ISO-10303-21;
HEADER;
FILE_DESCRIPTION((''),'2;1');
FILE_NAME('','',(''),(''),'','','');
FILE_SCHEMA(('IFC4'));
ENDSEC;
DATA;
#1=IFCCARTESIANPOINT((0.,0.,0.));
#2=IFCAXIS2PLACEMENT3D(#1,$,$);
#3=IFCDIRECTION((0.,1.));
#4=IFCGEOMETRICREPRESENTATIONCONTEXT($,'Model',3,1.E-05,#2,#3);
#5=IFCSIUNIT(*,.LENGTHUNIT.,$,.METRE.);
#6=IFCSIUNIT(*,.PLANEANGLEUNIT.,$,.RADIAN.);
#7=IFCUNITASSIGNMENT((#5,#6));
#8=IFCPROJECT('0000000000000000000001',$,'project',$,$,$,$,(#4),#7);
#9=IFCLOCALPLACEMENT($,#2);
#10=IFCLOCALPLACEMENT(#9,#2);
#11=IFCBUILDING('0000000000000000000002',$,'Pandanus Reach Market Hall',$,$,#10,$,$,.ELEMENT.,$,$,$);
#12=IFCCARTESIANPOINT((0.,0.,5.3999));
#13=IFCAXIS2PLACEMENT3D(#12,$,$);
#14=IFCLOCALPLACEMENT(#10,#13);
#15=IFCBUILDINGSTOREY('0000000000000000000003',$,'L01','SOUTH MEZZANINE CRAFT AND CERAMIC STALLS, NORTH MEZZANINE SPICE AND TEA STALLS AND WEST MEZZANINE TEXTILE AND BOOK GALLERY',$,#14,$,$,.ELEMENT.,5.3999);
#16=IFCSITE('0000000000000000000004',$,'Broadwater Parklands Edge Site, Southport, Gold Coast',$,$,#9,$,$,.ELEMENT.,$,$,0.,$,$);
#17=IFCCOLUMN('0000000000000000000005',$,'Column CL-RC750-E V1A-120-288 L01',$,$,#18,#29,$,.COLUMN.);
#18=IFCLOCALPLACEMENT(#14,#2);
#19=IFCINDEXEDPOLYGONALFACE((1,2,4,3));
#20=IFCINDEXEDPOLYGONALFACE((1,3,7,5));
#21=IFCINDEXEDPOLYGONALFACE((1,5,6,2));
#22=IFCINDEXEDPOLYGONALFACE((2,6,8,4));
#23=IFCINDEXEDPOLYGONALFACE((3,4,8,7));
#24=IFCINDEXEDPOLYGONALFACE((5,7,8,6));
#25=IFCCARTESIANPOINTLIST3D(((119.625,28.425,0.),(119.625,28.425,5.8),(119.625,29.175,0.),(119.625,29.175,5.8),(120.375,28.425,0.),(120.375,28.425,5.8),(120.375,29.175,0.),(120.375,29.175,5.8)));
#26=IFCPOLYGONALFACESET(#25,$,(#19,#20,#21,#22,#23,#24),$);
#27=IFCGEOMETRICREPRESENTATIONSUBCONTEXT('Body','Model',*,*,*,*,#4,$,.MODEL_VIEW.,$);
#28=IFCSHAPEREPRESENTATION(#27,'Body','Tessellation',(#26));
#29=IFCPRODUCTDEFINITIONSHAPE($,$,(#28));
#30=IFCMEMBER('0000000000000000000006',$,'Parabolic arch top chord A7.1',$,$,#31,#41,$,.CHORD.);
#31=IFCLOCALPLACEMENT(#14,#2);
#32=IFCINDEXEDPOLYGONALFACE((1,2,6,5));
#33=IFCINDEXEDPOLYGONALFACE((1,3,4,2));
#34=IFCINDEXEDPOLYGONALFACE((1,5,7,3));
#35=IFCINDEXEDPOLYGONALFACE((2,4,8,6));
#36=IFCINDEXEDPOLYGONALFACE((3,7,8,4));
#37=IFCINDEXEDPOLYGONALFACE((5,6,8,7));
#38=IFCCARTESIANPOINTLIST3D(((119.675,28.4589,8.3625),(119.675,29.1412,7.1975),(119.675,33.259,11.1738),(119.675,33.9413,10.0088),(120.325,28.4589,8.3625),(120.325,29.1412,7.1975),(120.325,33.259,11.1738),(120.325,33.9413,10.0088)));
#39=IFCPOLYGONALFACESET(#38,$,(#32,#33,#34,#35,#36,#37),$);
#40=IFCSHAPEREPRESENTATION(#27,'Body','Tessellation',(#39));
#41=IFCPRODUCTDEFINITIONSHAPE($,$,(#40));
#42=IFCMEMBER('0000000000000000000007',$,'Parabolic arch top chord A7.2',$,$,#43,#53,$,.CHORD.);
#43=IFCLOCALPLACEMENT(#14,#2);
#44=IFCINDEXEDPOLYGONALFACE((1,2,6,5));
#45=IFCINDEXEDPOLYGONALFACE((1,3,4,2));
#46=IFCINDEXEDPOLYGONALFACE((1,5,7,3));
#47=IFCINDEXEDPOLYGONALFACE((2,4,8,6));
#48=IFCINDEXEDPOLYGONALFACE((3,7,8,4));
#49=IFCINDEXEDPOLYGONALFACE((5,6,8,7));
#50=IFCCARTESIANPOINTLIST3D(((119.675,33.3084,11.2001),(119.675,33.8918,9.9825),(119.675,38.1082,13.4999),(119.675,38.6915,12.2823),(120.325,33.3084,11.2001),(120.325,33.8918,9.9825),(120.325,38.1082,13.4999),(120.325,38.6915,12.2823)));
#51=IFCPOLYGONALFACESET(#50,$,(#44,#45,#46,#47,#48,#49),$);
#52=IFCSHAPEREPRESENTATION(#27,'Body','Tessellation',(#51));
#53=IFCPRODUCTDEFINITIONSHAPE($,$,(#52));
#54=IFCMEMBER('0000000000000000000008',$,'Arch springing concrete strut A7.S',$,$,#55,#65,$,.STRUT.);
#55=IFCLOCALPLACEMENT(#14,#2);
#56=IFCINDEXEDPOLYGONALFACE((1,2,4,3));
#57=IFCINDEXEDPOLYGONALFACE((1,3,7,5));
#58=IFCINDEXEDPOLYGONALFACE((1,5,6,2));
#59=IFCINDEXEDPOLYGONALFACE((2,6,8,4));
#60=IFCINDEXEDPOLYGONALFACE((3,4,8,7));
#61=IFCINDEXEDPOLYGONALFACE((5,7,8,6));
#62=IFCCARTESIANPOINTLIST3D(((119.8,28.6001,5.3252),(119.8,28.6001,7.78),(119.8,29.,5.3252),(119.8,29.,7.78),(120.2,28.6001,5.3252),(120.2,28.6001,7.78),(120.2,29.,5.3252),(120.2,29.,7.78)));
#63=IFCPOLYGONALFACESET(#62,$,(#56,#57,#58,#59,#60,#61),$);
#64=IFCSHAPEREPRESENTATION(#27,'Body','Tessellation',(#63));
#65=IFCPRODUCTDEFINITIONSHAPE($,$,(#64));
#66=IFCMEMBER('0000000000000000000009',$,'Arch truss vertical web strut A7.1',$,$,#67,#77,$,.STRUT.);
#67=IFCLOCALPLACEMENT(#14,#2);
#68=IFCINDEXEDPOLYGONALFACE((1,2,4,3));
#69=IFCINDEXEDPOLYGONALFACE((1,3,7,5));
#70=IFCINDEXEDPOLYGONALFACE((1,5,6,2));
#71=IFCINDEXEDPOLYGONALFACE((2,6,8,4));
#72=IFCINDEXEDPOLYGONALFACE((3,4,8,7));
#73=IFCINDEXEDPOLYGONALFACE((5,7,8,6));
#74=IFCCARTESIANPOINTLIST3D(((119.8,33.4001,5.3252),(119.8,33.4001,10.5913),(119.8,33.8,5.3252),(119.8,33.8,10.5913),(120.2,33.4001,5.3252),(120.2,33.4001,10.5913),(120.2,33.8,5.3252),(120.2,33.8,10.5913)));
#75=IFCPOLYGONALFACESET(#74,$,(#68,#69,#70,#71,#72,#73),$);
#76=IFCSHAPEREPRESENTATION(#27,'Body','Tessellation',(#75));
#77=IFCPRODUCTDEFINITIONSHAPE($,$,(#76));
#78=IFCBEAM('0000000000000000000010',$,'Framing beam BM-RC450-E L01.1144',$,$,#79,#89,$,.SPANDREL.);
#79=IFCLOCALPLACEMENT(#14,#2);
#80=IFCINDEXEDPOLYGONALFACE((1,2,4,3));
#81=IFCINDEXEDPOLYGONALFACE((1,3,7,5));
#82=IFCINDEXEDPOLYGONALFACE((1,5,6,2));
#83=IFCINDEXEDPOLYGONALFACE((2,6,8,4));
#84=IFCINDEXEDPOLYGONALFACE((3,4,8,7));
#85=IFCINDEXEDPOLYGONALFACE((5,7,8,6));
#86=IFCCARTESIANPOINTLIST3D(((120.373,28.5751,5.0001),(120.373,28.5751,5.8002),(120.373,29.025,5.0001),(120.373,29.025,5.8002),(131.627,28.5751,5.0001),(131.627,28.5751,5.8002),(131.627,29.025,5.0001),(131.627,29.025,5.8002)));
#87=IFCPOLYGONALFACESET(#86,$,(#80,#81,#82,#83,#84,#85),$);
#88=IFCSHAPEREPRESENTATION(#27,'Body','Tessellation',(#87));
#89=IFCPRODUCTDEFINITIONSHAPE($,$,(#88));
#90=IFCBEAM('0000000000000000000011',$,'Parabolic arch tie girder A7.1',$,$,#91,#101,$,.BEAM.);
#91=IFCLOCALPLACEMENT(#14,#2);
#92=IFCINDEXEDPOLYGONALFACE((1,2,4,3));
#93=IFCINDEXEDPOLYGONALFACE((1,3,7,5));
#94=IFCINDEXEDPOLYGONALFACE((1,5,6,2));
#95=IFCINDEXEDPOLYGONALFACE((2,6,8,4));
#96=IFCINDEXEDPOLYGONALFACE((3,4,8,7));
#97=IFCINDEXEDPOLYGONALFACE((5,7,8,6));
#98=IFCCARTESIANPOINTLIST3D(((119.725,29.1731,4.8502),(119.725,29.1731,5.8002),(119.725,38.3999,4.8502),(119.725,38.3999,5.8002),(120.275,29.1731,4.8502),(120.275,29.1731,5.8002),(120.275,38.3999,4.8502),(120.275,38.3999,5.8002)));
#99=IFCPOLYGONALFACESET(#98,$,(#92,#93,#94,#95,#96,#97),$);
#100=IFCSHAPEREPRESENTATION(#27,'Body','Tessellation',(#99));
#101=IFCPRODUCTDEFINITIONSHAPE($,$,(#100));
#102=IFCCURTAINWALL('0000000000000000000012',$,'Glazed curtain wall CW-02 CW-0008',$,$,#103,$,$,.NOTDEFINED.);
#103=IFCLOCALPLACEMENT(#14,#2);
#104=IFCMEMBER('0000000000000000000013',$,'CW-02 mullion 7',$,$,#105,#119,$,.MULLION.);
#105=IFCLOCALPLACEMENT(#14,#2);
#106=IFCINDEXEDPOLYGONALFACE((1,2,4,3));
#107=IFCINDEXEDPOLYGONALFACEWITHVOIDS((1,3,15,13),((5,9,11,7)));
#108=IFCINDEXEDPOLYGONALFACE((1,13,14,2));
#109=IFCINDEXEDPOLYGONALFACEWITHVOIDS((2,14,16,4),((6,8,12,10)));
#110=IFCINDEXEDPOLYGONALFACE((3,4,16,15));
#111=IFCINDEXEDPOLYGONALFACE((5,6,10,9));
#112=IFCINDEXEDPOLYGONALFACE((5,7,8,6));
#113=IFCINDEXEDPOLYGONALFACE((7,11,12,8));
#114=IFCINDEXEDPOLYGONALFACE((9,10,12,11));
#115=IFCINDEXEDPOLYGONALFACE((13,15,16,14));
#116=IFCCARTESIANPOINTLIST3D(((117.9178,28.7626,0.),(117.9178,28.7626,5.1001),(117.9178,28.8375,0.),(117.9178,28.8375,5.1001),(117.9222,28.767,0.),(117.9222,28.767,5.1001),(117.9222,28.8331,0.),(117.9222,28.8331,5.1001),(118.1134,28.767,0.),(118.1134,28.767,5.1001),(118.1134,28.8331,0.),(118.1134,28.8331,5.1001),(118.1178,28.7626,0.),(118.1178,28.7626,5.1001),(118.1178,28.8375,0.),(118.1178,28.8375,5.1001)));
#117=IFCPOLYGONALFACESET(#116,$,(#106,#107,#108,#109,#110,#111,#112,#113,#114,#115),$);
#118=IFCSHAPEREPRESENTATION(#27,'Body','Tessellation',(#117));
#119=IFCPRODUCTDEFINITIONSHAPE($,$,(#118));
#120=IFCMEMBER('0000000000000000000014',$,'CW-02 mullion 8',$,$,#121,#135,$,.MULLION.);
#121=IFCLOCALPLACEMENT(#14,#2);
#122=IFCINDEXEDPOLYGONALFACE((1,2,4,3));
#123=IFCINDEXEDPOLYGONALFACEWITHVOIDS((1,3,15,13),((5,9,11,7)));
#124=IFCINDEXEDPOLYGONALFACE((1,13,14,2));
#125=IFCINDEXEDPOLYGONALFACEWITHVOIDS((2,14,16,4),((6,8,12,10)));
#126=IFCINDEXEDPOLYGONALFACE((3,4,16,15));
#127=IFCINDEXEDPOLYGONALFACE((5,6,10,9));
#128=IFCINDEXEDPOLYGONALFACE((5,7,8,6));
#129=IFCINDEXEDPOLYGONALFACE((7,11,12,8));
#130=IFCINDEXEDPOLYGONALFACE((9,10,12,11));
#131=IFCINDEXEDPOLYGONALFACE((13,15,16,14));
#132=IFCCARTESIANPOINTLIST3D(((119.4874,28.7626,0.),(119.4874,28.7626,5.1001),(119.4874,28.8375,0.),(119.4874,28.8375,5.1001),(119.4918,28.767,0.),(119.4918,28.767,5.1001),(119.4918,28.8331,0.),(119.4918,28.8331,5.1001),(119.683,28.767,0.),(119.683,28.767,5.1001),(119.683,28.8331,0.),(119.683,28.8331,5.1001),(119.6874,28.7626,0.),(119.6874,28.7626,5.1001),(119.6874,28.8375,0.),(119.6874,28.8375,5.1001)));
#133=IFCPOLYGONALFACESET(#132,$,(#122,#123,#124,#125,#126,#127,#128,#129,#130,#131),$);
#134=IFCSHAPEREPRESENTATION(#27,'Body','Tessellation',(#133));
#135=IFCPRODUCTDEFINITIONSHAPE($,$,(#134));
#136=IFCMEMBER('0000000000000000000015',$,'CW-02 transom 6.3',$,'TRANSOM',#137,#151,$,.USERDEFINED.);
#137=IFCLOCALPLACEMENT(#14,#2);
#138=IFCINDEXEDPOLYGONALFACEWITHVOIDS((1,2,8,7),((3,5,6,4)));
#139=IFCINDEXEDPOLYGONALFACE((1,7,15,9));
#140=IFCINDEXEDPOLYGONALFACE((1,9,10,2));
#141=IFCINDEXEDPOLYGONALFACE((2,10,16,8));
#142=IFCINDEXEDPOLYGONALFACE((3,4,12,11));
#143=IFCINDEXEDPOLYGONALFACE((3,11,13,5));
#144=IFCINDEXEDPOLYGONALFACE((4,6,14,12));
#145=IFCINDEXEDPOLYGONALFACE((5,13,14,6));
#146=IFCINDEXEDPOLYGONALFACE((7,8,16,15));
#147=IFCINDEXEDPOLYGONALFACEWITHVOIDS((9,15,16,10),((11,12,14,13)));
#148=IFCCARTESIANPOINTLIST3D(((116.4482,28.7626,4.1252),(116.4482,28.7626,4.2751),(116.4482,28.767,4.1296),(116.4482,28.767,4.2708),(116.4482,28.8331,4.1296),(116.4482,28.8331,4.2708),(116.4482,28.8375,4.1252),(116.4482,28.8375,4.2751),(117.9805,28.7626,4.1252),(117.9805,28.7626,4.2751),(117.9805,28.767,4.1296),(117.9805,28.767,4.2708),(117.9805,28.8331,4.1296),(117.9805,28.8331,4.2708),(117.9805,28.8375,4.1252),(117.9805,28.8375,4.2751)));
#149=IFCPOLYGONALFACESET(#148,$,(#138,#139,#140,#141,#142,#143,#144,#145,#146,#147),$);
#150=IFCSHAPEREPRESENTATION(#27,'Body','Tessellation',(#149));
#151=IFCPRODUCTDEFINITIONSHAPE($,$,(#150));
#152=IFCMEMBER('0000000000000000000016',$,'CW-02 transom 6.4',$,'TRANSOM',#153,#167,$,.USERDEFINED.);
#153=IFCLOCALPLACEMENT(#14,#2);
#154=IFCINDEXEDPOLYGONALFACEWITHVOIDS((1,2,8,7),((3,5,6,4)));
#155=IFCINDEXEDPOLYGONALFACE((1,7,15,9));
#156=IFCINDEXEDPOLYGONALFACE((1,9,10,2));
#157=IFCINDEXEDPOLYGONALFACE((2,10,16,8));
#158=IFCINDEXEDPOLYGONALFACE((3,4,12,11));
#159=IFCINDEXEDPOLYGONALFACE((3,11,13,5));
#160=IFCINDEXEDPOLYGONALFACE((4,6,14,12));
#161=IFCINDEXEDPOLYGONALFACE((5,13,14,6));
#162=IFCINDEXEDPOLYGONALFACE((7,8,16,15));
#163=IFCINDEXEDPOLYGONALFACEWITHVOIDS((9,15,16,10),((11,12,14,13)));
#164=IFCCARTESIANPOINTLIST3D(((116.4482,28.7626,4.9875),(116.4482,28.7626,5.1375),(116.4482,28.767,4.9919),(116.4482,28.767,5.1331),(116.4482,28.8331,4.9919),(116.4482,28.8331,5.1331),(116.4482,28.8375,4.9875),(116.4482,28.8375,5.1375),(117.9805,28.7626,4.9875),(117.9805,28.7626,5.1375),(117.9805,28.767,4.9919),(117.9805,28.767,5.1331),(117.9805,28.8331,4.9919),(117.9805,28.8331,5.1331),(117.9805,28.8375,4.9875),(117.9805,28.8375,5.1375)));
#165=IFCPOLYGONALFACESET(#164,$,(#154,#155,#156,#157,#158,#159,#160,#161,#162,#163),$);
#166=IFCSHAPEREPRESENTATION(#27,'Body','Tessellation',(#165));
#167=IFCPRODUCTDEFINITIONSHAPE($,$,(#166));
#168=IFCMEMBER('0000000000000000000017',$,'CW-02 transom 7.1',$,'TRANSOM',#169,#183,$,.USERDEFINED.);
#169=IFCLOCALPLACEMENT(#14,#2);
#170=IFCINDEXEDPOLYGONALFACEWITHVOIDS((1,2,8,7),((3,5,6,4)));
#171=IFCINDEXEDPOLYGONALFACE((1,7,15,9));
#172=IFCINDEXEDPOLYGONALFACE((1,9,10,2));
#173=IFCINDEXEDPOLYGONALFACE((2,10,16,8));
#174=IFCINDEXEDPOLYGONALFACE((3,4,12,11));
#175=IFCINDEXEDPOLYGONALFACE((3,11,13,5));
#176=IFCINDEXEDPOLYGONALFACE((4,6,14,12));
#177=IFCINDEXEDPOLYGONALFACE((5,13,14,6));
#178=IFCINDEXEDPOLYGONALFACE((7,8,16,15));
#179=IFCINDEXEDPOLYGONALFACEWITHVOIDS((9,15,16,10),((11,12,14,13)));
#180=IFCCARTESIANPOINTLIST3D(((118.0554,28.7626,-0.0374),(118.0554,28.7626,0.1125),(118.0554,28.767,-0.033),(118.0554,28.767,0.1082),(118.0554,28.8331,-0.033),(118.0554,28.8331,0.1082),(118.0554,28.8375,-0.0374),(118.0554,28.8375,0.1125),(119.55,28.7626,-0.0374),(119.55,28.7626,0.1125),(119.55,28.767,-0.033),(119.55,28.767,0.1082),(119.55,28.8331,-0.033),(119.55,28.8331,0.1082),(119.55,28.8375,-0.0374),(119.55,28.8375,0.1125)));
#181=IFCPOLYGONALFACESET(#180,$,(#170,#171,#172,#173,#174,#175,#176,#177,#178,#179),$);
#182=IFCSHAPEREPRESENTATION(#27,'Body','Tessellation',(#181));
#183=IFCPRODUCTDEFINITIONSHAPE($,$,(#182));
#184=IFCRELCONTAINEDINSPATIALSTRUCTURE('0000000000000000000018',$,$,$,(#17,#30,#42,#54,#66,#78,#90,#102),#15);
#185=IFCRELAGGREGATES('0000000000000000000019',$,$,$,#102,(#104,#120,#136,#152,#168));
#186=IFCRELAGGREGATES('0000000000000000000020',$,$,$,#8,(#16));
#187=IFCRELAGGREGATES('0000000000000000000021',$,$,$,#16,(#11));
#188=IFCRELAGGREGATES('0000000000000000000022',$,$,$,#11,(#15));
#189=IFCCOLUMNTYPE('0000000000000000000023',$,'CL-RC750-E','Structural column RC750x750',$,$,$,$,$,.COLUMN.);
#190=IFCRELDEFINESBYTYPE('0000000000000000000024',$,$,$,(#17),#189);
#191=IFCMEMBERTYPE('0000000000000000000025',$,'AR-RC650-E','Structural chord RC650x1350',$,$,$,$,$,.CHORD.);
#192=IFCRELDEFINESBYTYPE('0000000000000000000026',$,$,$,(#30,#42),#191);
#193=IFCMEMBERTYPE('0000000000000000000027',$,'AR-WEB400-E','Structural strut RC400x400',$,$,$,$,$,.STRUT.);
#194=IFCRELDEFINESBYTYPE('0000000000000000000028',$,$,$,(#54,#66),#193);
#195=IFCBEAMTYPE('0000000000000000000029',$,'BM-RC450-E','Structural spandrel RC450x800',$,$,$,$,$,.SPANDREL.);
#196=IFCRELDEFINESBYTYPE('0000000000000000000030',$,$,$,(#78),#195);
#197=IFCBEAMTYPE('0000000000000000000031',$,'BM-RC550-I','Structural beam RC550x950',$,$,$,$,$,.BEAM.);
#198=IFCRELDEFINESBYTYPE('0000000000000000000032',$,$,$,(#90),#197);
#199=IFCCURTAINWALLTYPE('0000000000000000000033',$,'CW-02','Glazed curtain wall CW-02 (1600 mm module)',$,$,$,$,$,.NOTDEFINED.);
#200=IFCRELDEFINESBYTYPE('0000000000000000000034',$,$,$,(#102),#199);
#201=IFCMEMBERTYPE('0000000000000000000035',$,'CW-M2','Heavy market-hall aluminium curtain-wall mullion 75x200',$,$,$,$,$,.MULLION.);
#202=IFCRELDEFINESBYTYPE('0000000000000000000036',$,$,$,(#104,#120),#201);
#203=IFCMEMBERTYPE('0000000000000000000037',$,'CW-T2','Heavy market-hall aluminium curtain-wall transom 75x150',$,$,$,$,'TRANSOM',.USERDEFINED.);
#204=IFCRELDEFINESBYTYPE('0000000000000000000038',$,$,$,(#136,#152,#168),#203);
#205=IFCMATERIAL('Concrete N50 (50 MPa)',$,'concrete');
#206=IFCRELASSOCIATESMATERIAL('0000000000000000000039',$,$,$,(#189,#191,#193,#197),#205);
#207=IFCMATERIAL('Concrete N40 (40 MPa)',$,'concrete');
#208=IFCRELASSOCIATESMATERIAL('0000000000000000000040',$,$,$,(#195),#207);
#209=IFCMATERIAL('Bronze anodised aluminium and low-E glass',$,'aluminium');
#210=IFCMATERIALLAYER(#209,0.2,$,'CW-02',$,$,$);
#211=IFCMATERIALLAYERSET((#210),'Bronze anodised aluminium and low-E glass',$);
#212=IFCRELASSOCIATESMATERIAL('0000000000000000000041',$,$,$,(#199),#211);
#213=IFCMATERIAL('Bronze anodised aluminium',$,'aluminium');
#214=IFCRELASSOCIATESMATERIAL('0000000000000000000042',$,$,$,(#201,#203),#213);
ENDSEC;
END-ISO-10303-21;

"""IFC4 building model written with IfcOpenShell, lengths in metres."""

from ifc_helpers import new_model, si_unit, direction, frame, origin, origin_2d, place, context, subcontext, project, spatial, rectangle, hollow_rectangle, extrude, material, layer, layer_set, material_profile, profile_set, type_object, element, aggregate, save


model = new_model("IFC4")

# Units and contexts
model_context = context("Model", 3, precision=1e-05, world=origin(), true_north=direction((0.0, 1.0)))
body_context = subcontext(model_context, "Body", "Model", "MODEL_VIEW")
ifc_project = project(units=[si_unit("LENGTHUNIT", "METRE"), si_unit("PLANEANGLEUNIT", "RADIAN")], contexts=[model_context])

# Site, building, storey
site_placement = place(None, origin())
site = spatial("IfcSite", under=ifc_project, at=site_placement, Name="Broadwater Parklands Edge Site, Southport, Gold Coast", CompositionType="ELEMENT", RefElevation=0.0)
building_placement = place(site_placement, origin())
building = spatial("IfcBuilding", under=site, at=building_placement, Name="Pandanus Reach Market Hall", CompositionType="ELEMENT")
storey_placement = place(building_placement, frame((0.0, 0.0, 5.3999)))
storey = spatial("IfcBuildingStorey", under=building, at=storey_placement, Name="L01", Description="SOUTH MEZZANINE CRAFT AND CERAMIC STALLS, NORTH MEZZANINE SPICE AND TEA STALLS AND WEST MEZZANINE TEXTILE AND BOOK GALLERY", CompositionType="ELEMENT", Elevation=5.3999)

# Column
ifc_material_1 = material(Name="Concrete N50 (50 MPa)", Category="concrete")
ifc_material_profile_1 = material_profile(ifc_material_1, rectangle(XDim=0.75, YDim=0.75, at=origin_2d()), Name="RC750x750", Category="LoadBearing")
ifc_profile_set_1 = profile_set([ifc_material_profile_1], Name="Concrete N50 (50 MPa)")
column_type = type_object("IfcColumnType", Name="CL-RC750-E", Description="Structural column RC750x750", PredefinedType="COLUMN", material=ifc_profile_set_1)
column_placement = place(storey_placement, frame((120.0, 28.8, 0.0), z_axis=(0.0, 0.0, 1.0), x_axis=(1.0, 0.0, 0.0)))
element("IfcColumn", 1, at=column_placement, inside=storey, type_object=column_type, Name="Column CL-RC750-E V1A-120-288 L01", PredefinedType="COLUMN", context=body_context, shape_type="SweptSolid", body=[
    extrude(rectangle(XDim=0.75, YDim=0.75, at=origin_2d()), origin(), (0.0, 0.0, 1.0), 5.8),
])

# Members
ifc_material_profile_2 = material_profile(ifc_material_1, rectangle(XDim=0.6499, YDim=1.3501, at=origin_2d()), Name="RC650x1350", Category="LoadBearing")
ifc_profile_set_2 = profile_set([ifc_material_profile_2], Name="Concrete N50 (50 MPa)")
member_type_1 = type_object("IfcMemberType", Name="AR-RC650-E", Description="Structural chord RC650x1350", PredefinedType="CHORD", material=ifc_profile_set_2)
member_1_placement = place(storey_placement, frame((120.0, 28.8, 7.78), z_axis=(0.0, 0.862897, 0.505379), x_axis=(-1.0, 0.0, 0.0)))
element("IfcMember", 2, at=member_1_placement, inside=storey, type_object=member_type_1, Name="Parabolic arch top chord A7.1", PredefinedType="CHORD", context=body_context, shape_type="SweptSolid", body=[
    extrude(rectangle(XDim=0.6499, YDim=1.3501, at=origin_2d()), origin(), (0.0, 0.0, 1.0), 5.5627),
])
member_2_placement = place(storey_placement, frame((120.0, 33.6001, 10.5913), z_axis=(0.0, 0.901823, 0.432105), x_axis=(-1.0, 0.0, 0.0)))
element("IfcMember", 3, at=member_2_placement, inside=storey, type_object=member_type_1, Name="Parabolic arch top chord A7.2", PredefinedType="CHORD", context=body_context, shape_type="SweptSolid", body=[
    extrude(rectangle(XDim=0.6499, YDim=1.3501, at=origin_2d()), origin(), (0.0, 0.0, 1.0), 5.3223),
])
ifc_material_profile_3 = material_profile(ifc_material_1, rectangle(XDim=0.3999, YDim=0.3999, at=origin_2d()), Name="RC400x400", Category="LoadBearing")
ifc_profile_set_3 = profile_set([ifc_material_profile_3], Name="Concrete N50 (50 MPa)")
member_type_2 = type_object("IfcMemberType", Name="AR-WEB400-E", Description="Structural strut RC400x400", PredefinedType="STRUT", material=ifc_profile_set_3)
member_3_placement = place(storey_placement, frame((120.0, 28.8, 5.3252), z_axis=(0.0, 0.0, 1.0), x_axis=(1.0, 0.0, 0.0)))
element("IfcMember", 4, at=member_3_placement, inside=storey, type_object=member_type_2, Name="Arch springing concrete strut A7.S", PredefinedType="STRUT", context=body_context, shape_type="SweptSolid", body=[
    extrude(rectangle(XDim=0.3999, YDim=0.3999, at=origin_2d()), origin(), (0.0, 0.0, 1.0), 2.4548),
])
member_4_placement = place(storey_placement, frame((120.0, 33.6001, 5.3252), z_axis=(0.0, 0.0, 1.0), x_axis=(1.0, 0.0, 0.0)))
element("IfcMember", 5, at=member_4_placement, inside=storey, type_object=member_type_2, Name="Arch truss vertical web strut A7.1", PredefinedType="STRUT", context=body_context, shape_type="SweptSolid", body=[
    extrude(rectangle(XDim=0.3999, YDim=0.3999, at=origin_2d()), origin(), (0.0, 0.0, 1.0), 5.2661),
])

# Beams
ifc_material_2 = material(Name="Concrete N40 (40 MPa)", Category="concrete")
ifc_material_profile_4 = material_profile(ifc_material_2, rectangle(XDim=0.45, YDim=0.8, at=origin_2d()), Name="RC450x800", Category="LoadBearing")
ifc_profile_set_4 = profile_set([ifc_material_profile_4], Name="Concrete N40 (40 MPa)")
beam_type_1 = type_object("IfcBeamType", Name="BM-RC450-E", Description="Structural spandrel RC450x800", PredefinedType="SPANDREL", material=ifc_profile_set_4)
beam_1_placement = place(storey_placement, frame((120.373, 28.8, 5.4001), z_axis=(1.0, 0.0, 0.0), x_axis=(0.0, 1.0, 0.0)))
element("IfcBeam", 6, at=beam_1_placement, inside=storey, type_object=beam_type_1, Name="Framing beam BM-RC450-E L01.1144", PredefinedType="SPANDREL", context=body_context, shape_type="SweptSolid", body=[
    extrude(rectangle(XDim=0.45, YDim=0.8, at=origin_2d()), origin(), (0.0, 0.0, 1.0), 11.2539),
])
ifc_material_profile_5 = material_profile(ifc_material_1, rectangle(XDim=0.55, YDim=0.95, at=origin_2d()), Name="RC550x950", Category="LoadBearing")
ifc_profile_set_5 = profile_set([ifc_material_profile_5], Name="Concrete N50 (50 MPa)")
beam_type_2 = type_object("IfcBeamType", Name="BM-RC550-I", Description="Structural beam RC550x950", PredefinedType="BEAM", material=ifc_profile_set_5)
beam_2_placement = place(storey_placement, frame((120.0, 29.1731, 5.3252), z_axis=(0.0, 1.0, 0.0), x_axis=(-1.0, 0.0, 0.0)))
element("IfcBeam", 7, at=beam_2_placement, inside=storey, type_object=beam_type_2, Name="Parabolic arch tie girder A7.1", PredefinedType="BEAM", context=body_context, shape_type="SweptSolid", body=[
    extrude(rectangle(XDim=0.55, YDim=0.95, at=origin_2d()), origin(), (0.0, 0.0, 1.0), 9.2268),
])

# Curtain wall, members
ifc_material_3 = material(Name="Bronze anodised aluminium and low-E glass", Category="aluminium")
ifc_layer_1 = layer(ifc_material_3, 0.2, Name="CW-02")
ifc_layer_set_1 = layer_set([ifc_layer_1], Name="Bronze anodised aluminium and low-E glass")
curtain_wall_type = type_object("IfcCurtainWallType", Name="CW-02", Description="Glazed curtain wall CW-02 (1600 mm module)", PredefinedType="NOTDEFINED", material=ifc_layer_set_1)
curtain_wall_placement = place(storey_placement, origin())
curtain_wall = element("IfcCurtainWall", 8, at=curtain_wall_placement, inside=storey, type_object=curtain_wall_type, Name="Glazed curtain wall CW-02 CW-0008", PredefinedType="NOTDEFINED")
ifc_material_4 = material(Name="Bronze anodised aluminium", Category="aluminium")
ifc_material_profile_6 = material_profile(ifc_material_4, hollow_rectangle(XDim=0.075, YDim=0.2, WallThickness=0.0044, at=origin_2d()), Name="ALU75x200", Category="LoadBearing")
ifc_profile_set_6 = profile_set([ifc_material_profile_6], Name="Bronze anodised aluminium")
member_type_3 = type_object("IfcMemberType", Name="CW-M2", Description="Heavy market-hall aluminium curtain-wall mullion 75x200", PredefinedType="MULLION", material=ifc_profile_set_6)
member_5_placement = place(storey_placement, frame((118.0178, 28.8, 0.0), z_axis=(0.0, 0.0, 1.0), x_axis=(0.0, 1.0, 0.0)))
member_5 = element("IfcMember", 9, at=member_5_placement, type_object=member_type_3, Name="CW-02 mullion 7", PredefinedType="MULLION", context=body_context, shape_type="SweptSolid", body=[
    extrude(hollow_rectangle(XDim=0.075, YDim=0.2, WallThickness=0.0044, at=origin_2d()), origin(), (0.0, 0.0, 1.0), 5.1001),
])
member_6_placement = place(storey_placement, frame((119.5874, 28.8, 0.0), z_axis=(0.0, 0.0, 1.0), x_axis=(0.0, 1.0, 0.0)))
member_6 = element("IfcMember", 10, at=member_6_placement, type_object=member_type_3, Name="CW-02 mullion 8", PredefinedType="MULLION", context=body_context, shape_type="SweptSolid", body=[
    extrude(hollow_rectangle(XDim=0.075, YDim=0.2, WallThickness=0.0044, at=origin_2d()), origin(), (0.0, 0.0, 1.0), 5.1001),
])
ifc_material_profile_7 = material_profile(ifc_material_4, hollow_rectangle(XDim=0.075, YDim=0.1499, WallThickness=0.0044, at=origin_2d()), Name="ALU75x150", Category="LoadBearing")
ifc_profile_set_7 = profile_set([ifc_material_profile_7], Name="Bronze anodised aluminium")
member_type_4 = type_object("IfcMemberType", Name="CW-T2", Description="Heavy market-hall aluminium curtain-wall transom 75x150", ElementType="TRANSOM", PredefinedType="USERDEFINED", material=ifc_profile_set_7)
member_7_placement = place(storey_placement, frame((116.4482, 28.8, 4.2002), z_axis=(1.0, 0.0, 0.0), x_axis=(0.0, 1.0, 0.0)))
member_7 = element("IfcMember", 11, at=member_7_placement, type_object=member_type_4, Name="CW-02 transom 6.3", ObjectType="TRANSOM", PredefinedType="USERDEFINED", context=body_context, shape_type="SweptSolid", body=[
    extrude(hollow_rectangle(XDim=0.075, YDim=0.1499, WallThickness=0.0044, at=origin_2d()), origin(), (0.0, 0.0, 1.0), 1.5322),
])
member_8_placement = place(storey_placement, frame((116.4482, 28.8, 5.0625), z_axis=(1.0, 0.0, 0.0), x_axis=(0.0, 1.0, 0.0)))
member_8 = element("IfcMember", 12, at=member_8_placement, type_object=member_type_4, Name="CW-02 transom 6.4", ObjectType="TRANSOM", PredefinedType="USERDEFINED", context=body_context, shape_type="SweptSolid", body=[
    extrude(hollow_rectangle(XDim=0.075, YDim=0.1499, WallThickness=0.0044, at=origin_2d()), origin(), (0.0, 0.0, 1.0), 1.5322),
])
member_9_placement = place(storey_placement, frame((118.0554, 28.8, 0.0376), z_axis=(1.0, 0.0, 0.0), x_axis=(0.0, 1.0, 0.0)))
member_9 = element("IfcMember", 13, at=member_9_placement, type_object=member_type_4, Name="CW-02 transom 7.1", ObjectType="TRANSOM", PredefinedType="USERDEFINED", context=body_context, shape_type="SweptSolid", body=[
    extrude(hollow_rectangle(XDim=0.075, YDim=0.1499, WallThickness=0.0044, at=origin_2d()), origin(), (0.0, 0.0, 1.0), 1.4946),
])
aggregate(curtain_wall, [member_5, member_6, member_7, member_8, member_9])

save(model, "model.ifc")
